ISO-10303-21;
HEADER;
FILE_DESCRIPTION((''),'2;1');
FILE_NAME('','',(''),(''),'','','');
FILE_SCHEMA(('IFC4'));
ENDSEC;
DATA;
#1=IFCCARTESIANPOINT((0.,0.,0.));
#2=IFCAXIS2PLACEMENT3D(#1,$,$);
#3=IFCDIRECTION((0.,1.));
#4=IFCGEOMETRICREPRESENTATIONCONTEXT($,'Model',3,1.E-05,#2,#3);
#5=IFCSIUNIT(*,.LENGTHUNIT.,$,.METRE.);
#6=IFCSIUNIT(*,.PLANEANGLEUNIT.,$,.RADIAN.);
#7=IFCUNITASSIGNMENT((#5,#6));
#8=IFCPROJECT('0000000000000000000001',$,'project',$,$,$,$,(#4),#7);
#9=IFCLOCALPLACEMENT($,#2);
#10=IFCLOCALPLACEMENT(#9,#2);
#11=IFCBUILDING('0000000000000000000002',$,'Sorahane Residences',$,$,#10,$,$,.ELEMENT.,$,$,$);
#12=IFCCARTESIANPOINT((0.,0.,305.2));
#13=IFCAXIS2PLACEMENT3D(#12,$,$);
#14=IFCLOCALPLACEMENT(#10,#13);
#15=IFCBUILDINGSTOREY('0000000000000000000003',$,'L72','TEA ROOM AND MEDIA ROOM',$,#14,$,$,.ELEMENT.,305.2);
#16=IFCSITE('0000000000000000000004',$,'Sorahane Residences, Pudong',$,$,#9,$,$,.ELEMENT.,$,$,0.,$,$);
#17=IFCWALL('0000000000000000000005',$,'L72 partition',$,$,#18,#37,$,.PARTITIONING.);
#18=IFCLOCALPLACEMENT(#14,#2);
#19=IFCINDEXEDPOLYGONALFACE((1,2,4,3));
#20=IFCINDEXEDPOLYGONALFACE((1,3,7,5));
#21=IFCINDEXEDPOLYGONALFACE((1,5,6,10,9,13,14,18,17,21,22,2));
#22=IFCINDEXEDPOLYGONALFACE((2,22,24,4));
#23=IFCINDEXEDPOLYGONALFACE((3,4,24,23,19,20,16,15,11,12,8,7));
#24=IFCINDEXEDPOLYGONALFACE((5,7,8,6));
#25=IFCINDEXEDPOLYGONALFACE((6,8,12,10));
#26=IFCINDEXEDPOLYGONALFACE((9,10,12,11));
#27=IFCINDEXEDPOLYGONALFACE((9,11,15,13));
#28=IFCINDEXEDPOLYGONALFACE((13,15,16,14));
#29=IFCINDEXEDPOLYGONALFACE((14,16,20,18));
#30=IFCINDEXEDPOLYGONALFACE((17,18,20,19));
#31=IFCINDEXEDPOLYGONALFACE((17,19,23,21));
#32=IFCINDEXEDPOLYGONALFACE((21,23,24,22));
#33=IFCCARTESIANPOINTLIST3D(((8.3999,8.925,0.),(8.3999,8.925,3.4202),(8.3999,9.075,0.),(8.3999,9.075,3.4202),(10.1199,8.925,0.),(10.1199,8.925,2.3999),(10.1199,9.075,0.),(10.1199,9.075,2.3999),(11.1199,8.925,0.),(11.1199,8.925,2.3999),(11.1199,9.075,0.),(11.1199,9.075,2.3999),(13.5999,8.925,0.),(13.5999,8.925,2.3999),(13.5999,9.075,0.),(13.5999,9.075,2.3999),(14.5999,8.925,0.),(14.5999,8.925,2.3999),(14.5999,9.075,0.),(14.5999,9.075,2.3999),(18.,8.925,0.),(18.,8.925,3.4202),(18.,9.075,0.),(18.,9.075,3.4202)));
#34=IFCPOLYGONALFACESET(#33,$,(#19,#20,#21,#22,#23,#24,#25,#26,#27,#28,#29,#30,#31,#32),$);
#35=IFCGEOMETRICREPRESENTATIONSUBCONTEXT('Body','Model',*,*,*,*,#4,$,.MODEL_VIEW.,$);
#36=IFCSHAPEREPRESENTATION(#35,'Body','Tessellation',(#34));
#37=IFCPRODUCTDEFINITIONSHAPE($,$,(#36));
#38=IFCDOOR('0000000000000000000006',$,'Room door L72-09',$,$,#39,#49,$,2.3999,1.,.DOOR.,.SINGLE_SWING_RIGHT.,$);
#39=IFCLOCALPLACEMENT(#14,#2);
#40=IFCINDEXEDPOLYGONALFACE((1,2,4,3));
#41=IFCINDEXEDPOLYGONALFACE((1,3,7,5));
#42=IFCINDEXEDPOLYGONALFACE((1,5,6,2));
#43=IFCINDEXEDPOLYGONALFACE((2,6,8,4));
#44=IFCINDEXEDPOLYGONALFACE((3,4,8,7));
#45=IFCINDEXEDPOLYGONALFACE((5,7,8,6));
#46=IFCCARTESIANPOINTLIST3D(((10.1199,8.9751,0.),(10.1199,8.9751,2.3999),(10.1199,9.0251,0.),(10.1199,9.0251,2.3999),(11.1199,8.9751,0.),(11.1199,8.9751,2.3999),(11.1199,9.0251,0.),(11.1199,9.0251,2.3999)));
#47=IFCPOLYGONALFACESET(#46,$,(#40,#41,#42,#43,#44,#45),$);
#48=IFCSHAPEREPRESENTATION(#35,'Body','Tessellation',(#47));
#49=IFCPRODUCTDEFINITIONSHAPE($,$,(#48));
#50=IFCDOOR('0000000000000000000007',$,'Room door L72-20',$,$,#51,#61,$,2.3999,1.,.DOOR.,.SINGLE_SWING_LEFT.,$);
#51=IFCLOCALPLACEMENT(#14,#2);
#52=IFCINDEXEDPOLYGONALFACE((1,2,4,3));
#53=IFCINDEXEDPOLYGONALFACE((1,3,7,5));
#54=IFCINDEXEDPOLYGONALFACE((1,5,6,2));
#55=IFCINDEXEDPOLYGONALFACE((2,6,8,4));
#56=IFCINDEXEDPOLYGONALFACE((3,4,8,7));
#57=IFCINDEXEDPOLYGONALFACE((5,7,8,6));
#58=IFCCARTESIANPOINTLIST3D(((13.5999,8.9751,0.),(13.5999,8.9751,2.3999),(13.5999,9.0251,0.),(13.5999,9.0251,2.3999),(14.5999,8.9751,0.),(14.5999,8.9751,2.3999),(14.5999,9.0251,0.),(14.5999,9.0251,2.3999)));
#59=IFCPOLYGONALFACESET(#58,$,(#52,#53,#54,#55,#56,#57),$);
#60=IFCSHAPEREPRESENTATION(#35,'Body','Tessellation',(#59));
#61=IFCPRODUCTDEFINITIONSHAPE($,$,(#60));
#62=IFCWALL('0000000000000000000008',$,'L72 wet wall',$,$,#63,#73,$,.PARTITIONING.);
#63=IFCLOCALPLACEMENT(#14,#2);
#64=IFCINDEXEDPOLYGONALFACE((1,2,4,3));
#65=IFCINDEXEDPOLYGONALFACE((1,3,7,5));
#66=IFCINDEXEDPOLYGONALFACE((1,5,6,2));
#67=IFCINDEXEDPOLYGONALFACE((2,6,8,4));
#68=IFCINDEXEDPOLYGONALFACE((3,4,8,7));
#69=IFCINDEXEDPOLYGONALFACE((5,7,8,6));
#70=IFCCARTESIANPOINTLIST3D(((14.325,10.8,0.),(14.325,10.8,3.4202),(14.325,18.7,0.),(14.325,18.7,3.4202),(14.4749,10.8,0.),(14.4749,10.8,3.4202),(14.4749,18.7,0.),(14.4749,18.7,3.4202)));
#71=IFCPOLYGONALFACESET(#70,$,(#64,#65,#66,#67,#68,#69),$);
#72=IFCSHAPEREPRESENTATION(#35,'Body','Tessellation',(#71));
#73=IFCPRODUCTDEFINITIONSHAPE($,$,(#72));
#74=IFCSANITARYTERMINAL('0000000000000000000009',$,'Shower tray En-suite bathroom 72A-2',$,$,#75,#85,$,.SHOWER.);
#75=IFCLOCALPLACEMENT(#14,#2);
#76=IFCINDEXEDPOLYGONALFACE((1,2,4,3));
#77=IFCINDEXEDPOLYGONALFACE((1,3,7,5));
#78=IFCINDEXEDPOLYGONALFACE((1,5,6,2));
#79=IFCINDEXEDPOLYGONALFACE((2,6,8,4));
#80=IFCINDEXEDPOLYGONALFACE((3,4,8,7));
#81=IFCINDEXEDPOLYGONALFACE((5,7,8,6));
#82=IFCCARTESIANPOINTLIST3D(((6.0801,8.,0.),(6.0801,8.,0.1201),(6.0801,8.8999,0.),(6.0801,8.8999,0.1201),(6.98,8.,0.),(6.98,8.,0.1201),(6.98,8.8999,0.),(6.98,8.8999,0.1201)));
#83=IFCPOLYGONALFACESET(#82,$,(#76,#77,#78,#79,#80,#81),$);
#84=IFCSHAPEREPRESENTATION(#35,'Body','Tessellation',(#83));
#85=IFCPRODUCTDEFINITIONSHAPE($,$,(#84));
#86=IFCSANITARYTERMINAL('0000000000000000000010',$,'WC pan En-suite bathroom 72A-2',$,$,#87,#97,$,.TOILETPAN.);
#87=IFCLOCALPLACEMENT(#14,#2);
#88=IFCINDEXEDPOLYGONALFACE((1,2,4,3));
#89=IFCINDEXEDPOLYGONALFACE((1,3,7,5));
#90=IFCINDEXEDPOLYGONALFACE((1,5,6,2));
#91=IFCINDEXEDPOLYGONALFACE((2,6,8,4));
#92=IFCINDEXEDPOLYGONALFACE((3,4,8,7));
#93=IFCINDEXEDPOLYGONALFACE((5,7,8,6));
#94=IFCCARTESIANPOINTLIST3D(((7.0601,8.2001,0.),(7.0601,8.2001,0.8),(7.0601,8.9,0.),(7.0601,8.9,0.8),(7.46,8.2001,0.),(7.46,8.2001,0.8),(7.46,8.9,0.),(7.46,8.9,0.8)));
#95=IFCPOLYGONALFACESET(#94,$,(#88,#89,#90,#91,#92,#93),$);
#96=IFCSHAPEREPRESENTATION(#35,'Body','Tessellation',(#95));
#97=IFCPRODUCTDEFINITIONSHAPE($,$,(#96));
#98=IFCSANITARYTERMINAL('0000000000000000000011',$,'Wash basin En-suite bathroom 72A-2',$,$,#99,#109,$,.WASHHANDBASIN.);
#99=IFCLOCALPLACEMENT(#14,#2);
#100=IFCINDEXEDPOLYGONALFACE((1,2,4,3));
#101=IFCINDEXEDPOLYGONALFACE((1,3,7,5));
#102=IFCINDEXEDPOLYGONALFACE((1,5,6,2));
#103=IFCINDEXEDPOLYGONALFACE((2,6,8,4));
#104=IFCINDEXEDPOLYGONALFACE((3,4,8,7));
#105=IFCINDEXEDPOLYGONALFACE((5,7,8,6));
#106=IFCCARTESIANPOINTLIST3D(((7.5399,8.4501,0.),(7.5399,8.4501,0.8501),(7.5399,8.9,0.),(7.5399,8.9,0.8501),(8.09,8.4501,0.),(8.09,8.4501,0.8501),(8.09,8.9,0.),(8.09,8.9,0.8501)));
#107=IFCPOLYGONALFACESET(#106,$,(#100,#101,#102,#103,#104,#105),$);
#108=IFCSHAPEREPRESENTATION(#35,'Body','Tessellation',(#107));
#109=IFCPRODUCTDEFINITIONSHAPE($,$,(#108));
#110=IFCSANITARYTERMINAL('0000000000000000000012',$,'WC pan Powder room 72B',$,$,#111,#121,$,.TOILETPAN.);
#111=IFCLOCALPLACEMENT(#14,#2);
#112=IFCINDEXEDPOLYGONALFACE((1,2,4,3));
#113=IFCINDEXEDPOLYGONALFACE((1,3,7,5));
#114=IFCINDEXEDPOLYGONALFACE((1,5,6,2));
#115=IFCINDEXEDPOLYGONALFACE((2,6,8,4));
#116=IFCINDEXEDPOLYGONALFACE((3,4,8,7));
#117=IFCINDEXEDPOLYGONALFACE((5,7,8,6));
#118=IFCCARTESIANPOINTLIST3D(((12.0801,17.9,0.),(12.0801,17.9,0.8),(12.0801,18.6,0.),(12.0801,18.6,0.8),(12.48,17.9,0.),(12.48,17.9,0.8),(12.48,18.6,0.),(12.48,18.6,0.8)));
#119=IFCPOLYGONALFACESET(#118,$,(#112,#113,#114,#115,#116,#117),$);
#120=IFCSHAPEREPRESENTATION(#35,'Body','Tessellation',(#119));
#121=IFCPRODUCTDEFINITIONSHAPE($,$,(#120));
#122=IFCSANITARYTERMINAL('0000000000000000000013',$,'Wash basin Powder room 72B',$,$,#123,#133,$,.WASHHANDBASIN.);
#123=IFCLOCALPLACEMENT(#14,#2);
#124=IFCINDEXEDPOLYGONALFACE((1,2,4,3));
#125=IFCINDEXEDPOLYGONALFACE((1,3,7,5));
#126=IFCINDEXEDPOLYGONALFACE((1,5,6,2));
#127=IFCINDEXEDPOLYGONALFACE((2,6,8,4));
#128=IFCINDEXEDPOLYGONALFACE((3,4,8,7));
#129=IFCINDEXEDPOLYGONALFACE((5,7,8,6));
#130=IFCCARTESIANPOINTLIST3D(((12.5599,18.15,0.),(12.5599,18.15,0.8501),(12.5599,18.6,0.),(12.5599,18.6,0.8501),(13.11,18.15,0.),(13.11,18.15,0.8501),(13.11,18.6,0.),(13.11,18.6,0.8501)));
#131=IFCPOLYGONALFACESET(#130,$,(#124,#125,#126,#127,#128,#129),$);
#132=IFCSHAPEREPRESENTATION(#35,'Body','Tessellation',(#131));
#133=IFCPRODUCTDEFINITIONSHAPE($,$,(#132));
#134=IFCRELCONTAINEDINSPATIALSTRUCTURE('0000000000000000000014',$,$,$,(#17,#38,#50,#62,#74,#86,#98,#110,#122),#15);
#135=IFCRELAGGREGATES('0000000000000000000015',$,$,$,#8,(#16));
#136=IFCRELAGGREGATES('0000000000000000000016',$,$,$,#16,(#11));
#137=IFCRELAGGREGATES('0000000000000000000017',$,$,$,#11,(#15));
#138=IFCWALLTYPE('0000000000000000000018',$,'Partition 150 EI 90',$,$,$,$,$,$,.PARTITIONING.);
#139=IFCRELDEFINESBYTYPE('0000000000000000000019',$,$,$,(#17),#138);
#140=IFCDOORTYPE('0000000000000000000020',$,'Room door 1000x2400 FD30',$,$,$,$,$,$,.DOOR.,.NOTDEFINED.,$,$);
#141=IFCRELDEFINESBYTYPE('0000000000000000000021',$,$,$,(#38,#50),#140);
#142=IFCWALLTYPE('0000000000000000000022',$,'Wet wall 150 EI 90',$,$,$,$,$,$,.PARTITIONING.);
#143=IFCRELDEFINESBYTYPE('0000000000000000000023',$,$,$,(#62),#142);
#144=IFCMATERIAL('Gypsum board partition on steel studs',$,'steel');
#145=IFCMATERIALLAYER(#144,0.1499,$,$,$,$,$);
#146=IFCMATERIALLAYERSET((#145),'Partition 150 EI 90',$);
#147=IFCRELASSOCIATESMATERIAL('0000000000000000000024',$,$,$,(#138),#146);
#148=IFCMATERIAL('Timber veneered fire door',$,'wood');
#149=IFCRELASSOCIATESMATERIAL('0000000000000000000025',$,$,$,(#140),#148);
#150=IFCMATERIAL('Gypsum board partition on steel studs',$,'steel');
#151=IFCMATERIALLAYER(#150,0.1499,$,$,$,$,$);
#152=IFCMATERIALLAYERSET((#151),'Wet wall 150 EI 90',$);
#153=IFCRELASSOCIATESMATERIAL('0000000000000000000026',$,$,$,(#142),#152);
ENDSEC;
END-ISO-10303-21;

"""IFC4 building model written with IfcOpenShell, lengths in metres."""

from ifc_helpers import new_model, si_unit, direction, frame, frame_2d, origin, origin_2d, place, context, subcontext, project, spatial, rectangle, extrude, material, layer, layer_set, type_object, element, fill, save


model = new_model("IFC4")

# Units and contexts
model_context = context("Model", 3, precision=1e-05, world=origin(), true_north=direction((0.0, 1.0)))
body_context = subcontext(model_context, "Body", "Model", "MODEL_VIEW")
ifc_project = project(units=[si_unit("LENGTHUNIT", "METRE"), si_unit("PLANEANGLEUNIT", "RADIAN")], contexts=[model_context])

# Site, building, storey
site_placement = place(None, origin())
site = spatial("IfcSite", under=ifc_project, at=site_placement, Name="Sorahane Residences, Pudong", CompositionType="ELEMENT", RefElevation=0.0)
building_placement = place(site_placement, origin())
building = spatial("IfcBuilding", under=site, at=building_placement, Name="Sorahane Residences", CompositionType="ELEMENT")
storey_placement = place(building_placement, frame((0.0, 0.0, 305.2)))
storey = spatial("IfcBuildingStorey", under=building, at=storey_placement, Name="L72", Description="TEA ROOM AND MEDIA ROOM", CompositionType="ELEMENT", Elevation=305.2)

# Shared definitions
ifc_material_1 = material(Name="Gypsum board partition on steel studs", Category="steel")
ifc_layer_1 = layer(ifc_material_1, 0.1499)
ifc_layer_set_1 = layer_set([ifc_layer_1], Name="Partition 150 EI 90")
wall_type_1 = type_object("IfcWallType", Name="Partition 150 EI 90", PredefinedType="PARTITIONING", material=ifc_layer_set_1)

# Shared definitions
ifc_material_2 = material(Name="Timber veneered fire door", Category="wood")
door_type_1 = type_object("IfcDoorType", Name="Room door 1000x2400 FD30", OperationType="NOTDEFINED", PredefinedType="DOOR", material=ifc_material_2)

# Wall, openings, doors
wall_1_placement = place(storey_placement, frame((8.3999, 9.0, 0.0), z_axis=(0.0, 0.0, 1.0), x_axis=(1.0, 0.0, 0.0)))
wall_1 = element("IfcWall", 1, at=wall_1_placement, inside=storey, type_object=wall_type_1, Name="L72 partition", PredefinedType="PARTITIONING", context=body_context, shape_type="SweptSolid", body=[
    extrude(rectangle(XDim=9.6001, YDim=0.1499, at=frame_2d((4.8, 0.0))), origin(), (0.0, 0.0, 1.0), 3.4202),
])
opening_1_placement = place(wall_1_placement, frame((1.72, 0.0, 0.0)))
opening_1 = element("IfcOpeningElement", 2, at=opening_1_placement, cuts=wall_1, PredefinedType="OPENING", context=body_context, shape_type="SweptSolid", body=[
    extrude(rectangle(XDim=1.0, YDim=2.3999, at=frame_2d((0.5, 1.2))), frame((0.0, 0.085, 0.0), z_axis=(0.0, -1.0, 0.0), x_axis=(1.0, 0.0, 0.0)), (0.0, 0.0, 1.0), 0.1699),
])
opening_2_placement = place(wall_1_placement, frame((5.2, 0.0, 0.0)))
opening_2 = element("IfcOpeningElement", 3, at=opening_2_placement, cuts=wall_1, PredefinedType="OPENING", context=body_context, shape_type="SweptSolid", body=[
    extrude(rectangle(XDim=1.0, YDim=2.3999, at=frame_2d((0.5, 1.2))), frame((0.0, 0.085, 0.0), z_axis=(0.0, -1.0, 0.0), x_axis=(1.0, 0.0, 0.0)), (0.0, 0.0, 1.0), 0.1699),
])
door_1_placement = place(opening_1_placement, frame((1.0, 0.0, 0.0), z_axis=(0.0, 0.0, 1.0), x_axis=(-1.0, 0.0, 0.0)))
door_1 = element("IfcDoor", 4, at=door_1_placement, inside=storey, type_object=door_type_1, Name="Room door L72-09", OperationType="SINGLE_SWING_RIGHT", OverallHeight=2.3999, OverallWidth=1.0, PredefinedType="DOOR", context=body_context, shape_type="SweptSolid", body=[
    extrude(rectangle(XDim=1.0, YDim=2.3999, at=frame_2d((0.5, 1.2))), frame((0.0, 0.0249, 0.0), z_axis=(0.0, -1.0, 0.0), x_axis=(1.0, 0.0, 0.0)), (0.0, 0.0, 1.0), 0.05),
])
fill(opening_1, door_1)
door_2_placement = place(opening_2_placement, frame((1.0, 0.0, 0.0), z_axis=(0.0, 0.0, 1.0), x_axis=(-1.0, 0.0, 0.0)))
door_2 = element("IfcDoor", 5, at=door_2_placement, inside=storey, type_object=door_type_1, Name="Room door L72-20", OperationType="SINGLE_SWING_LEFT", OverallHeight=2.3999, OverallWidth=1.0, PredefinedType="DOOR", context=body_context, shape_type="SweptSolid", body=[
    extrude(rectangle(XDim=1.0, YDim=2.3999, at=frame_2d((0.5, 1.2))), frame((0.0, 0.0249, 0.0), z_axis=(0.0, -1.0, 0.0), x_axis=(1.0, 0.0, 0.0)), (0.0, 0.0, 1.0), 0.05),
])
fill(opening_2, door_2)

# Wall
ifc_material_3 = material(Name="Gypsum board partition on steel studs", Category="steel")
ifc_layer_2 = layer(ifc_material_3, 0.1499)
ifc_layer_set_2 = layer_set([ifc_layer_2], Name="Wet wall 150 EI 90")
wall_type_2 = type_object("IfcWallType", Name="Wet wall 150 EI 90", PredefinedType="PARTITIONING", material=ifc_layer_set_2)
wall_2_placement = place(storey_placement, frame((14.3999, 10.8, 0.0), z_axis=(0.0, 0.0, 1.0), x_axis=(0.0, 1.0, 0.0)))
element("IfcWall", 6, at=wall_2_placement, inside=storey, type_object=wall_type_2, Name="L72 wet wall", PredefinedType="PARTITIONING", context=body_context, shape_type="SweptSolid", body=[
    extrude(rectangle(XDim=7.8999, YDim=0.1499, at=frame_2d((3.95, 0.0))), origin(), (0.0, 0.0, 1.0), 3.4202),
])

# Sanitary terminals
sanitary_terminal_1_placement = place(storey_placement, frame((6.53, 8.45, 0.0), z_axis=(0.0, 0.0, 1.0), x_axis=(1.0, 0.0, 0.0)))
element("IfcSanitaryTerminal", 7, at=sanitary_terminal_1_placement, inside=storey, Name="Shower tray En-suite bathroom 72A-2", PredefinedType="SHOWER", context=body_context, shape_type="SweptSolid", body=[
    extrude(rectangle(XDim=0.8999, YDim=0.8999, at=origin_2d()), origin(), (0.0, 0.0, 1.0), 0.1201),
])
sanitary_terminal_2_placement = place(storey_placement, frame((7.26, 8.55, 0.0), z_axis=(0.0, 0.0, 1.0), x_axis=(1.0, 0.0, 0.0)))
element("IfcSanitaryTerminal", 8, at=sanitary_terminal_2_placement, inside=storey, Name="WC pan En-suite bathroom 72A-2", PredefinedType="TOILETPAN", context=body_context, shape_type="SweptSolid", body=[
    extrude(rectangle(XDim=0.3999, YDim=0.7, at=origin_2d()), origin(), (0.0, 0.0, 1.0), 0.8),
])
sanitary_terminal_3_placement = place(storey_placement, frame((7.8149, 8.675, 0.0), z_axis=(0.0, 0.0, 1.0), x_axis=(1.0, 0.0, 0.0)))
element("IfcSanitaryTerminal", 9, at=sanitary_terminal_3_placement, inside=storey, Name="Wash basin En-suite bathroom 72A-2", PredefinedType="WASHHANDBASIN", context=body_context, shape_type="SweptSolid", body=[
    extrude(rectangle(XDim=0.55, YDim=0.45, at=origin_2d()), origin(), (0.0, 0.0, 1.0), 0.8501),
])
sanitary_terminal_4_placement = place(storey_placement, frame((12.28, 18.25, 0.0), z_axis=(0.0, 0.0, 1.0), x_axis=(1.0, 0.0, 0.0)))
element("IfcSanitaryTerminal", 10, at=sanitary_terminal_4_placement, inside=storey, Name="WC pan Powder room 72B", PredefinedType="TOILETPAN", context=body_context, shape_type="SweptSolid", body=[
    extrude(rectangle(XDim=0.3999, YDim=0.7, at=origin_2d()), origin(), (0.0, 0.0, 1.0), 0.8),
])
sanitary_terminal_5_placement = place(storey_placement, frame((12.835, 18.375, 0.0), z_axis=(0.0, 0.0, 1.0), x_axis=(1.0, 0.0, 0.0)))
element("IfcSanitaryTerminal", 11, at=sanitary_terminal_5_placement, inside=storey, Name="Wash basin Powder room 72B", PredefinedType="WASHHANDBASIN", context=body_context, shape_type="SweptSolid", body=[
    extrude(rectangle(XDim=0.55, YDim=0.45, at=origin_2d()), origin(), (0.0, 0.0, 1.0), 0.8501),
])

save(model, "model.ifc")
